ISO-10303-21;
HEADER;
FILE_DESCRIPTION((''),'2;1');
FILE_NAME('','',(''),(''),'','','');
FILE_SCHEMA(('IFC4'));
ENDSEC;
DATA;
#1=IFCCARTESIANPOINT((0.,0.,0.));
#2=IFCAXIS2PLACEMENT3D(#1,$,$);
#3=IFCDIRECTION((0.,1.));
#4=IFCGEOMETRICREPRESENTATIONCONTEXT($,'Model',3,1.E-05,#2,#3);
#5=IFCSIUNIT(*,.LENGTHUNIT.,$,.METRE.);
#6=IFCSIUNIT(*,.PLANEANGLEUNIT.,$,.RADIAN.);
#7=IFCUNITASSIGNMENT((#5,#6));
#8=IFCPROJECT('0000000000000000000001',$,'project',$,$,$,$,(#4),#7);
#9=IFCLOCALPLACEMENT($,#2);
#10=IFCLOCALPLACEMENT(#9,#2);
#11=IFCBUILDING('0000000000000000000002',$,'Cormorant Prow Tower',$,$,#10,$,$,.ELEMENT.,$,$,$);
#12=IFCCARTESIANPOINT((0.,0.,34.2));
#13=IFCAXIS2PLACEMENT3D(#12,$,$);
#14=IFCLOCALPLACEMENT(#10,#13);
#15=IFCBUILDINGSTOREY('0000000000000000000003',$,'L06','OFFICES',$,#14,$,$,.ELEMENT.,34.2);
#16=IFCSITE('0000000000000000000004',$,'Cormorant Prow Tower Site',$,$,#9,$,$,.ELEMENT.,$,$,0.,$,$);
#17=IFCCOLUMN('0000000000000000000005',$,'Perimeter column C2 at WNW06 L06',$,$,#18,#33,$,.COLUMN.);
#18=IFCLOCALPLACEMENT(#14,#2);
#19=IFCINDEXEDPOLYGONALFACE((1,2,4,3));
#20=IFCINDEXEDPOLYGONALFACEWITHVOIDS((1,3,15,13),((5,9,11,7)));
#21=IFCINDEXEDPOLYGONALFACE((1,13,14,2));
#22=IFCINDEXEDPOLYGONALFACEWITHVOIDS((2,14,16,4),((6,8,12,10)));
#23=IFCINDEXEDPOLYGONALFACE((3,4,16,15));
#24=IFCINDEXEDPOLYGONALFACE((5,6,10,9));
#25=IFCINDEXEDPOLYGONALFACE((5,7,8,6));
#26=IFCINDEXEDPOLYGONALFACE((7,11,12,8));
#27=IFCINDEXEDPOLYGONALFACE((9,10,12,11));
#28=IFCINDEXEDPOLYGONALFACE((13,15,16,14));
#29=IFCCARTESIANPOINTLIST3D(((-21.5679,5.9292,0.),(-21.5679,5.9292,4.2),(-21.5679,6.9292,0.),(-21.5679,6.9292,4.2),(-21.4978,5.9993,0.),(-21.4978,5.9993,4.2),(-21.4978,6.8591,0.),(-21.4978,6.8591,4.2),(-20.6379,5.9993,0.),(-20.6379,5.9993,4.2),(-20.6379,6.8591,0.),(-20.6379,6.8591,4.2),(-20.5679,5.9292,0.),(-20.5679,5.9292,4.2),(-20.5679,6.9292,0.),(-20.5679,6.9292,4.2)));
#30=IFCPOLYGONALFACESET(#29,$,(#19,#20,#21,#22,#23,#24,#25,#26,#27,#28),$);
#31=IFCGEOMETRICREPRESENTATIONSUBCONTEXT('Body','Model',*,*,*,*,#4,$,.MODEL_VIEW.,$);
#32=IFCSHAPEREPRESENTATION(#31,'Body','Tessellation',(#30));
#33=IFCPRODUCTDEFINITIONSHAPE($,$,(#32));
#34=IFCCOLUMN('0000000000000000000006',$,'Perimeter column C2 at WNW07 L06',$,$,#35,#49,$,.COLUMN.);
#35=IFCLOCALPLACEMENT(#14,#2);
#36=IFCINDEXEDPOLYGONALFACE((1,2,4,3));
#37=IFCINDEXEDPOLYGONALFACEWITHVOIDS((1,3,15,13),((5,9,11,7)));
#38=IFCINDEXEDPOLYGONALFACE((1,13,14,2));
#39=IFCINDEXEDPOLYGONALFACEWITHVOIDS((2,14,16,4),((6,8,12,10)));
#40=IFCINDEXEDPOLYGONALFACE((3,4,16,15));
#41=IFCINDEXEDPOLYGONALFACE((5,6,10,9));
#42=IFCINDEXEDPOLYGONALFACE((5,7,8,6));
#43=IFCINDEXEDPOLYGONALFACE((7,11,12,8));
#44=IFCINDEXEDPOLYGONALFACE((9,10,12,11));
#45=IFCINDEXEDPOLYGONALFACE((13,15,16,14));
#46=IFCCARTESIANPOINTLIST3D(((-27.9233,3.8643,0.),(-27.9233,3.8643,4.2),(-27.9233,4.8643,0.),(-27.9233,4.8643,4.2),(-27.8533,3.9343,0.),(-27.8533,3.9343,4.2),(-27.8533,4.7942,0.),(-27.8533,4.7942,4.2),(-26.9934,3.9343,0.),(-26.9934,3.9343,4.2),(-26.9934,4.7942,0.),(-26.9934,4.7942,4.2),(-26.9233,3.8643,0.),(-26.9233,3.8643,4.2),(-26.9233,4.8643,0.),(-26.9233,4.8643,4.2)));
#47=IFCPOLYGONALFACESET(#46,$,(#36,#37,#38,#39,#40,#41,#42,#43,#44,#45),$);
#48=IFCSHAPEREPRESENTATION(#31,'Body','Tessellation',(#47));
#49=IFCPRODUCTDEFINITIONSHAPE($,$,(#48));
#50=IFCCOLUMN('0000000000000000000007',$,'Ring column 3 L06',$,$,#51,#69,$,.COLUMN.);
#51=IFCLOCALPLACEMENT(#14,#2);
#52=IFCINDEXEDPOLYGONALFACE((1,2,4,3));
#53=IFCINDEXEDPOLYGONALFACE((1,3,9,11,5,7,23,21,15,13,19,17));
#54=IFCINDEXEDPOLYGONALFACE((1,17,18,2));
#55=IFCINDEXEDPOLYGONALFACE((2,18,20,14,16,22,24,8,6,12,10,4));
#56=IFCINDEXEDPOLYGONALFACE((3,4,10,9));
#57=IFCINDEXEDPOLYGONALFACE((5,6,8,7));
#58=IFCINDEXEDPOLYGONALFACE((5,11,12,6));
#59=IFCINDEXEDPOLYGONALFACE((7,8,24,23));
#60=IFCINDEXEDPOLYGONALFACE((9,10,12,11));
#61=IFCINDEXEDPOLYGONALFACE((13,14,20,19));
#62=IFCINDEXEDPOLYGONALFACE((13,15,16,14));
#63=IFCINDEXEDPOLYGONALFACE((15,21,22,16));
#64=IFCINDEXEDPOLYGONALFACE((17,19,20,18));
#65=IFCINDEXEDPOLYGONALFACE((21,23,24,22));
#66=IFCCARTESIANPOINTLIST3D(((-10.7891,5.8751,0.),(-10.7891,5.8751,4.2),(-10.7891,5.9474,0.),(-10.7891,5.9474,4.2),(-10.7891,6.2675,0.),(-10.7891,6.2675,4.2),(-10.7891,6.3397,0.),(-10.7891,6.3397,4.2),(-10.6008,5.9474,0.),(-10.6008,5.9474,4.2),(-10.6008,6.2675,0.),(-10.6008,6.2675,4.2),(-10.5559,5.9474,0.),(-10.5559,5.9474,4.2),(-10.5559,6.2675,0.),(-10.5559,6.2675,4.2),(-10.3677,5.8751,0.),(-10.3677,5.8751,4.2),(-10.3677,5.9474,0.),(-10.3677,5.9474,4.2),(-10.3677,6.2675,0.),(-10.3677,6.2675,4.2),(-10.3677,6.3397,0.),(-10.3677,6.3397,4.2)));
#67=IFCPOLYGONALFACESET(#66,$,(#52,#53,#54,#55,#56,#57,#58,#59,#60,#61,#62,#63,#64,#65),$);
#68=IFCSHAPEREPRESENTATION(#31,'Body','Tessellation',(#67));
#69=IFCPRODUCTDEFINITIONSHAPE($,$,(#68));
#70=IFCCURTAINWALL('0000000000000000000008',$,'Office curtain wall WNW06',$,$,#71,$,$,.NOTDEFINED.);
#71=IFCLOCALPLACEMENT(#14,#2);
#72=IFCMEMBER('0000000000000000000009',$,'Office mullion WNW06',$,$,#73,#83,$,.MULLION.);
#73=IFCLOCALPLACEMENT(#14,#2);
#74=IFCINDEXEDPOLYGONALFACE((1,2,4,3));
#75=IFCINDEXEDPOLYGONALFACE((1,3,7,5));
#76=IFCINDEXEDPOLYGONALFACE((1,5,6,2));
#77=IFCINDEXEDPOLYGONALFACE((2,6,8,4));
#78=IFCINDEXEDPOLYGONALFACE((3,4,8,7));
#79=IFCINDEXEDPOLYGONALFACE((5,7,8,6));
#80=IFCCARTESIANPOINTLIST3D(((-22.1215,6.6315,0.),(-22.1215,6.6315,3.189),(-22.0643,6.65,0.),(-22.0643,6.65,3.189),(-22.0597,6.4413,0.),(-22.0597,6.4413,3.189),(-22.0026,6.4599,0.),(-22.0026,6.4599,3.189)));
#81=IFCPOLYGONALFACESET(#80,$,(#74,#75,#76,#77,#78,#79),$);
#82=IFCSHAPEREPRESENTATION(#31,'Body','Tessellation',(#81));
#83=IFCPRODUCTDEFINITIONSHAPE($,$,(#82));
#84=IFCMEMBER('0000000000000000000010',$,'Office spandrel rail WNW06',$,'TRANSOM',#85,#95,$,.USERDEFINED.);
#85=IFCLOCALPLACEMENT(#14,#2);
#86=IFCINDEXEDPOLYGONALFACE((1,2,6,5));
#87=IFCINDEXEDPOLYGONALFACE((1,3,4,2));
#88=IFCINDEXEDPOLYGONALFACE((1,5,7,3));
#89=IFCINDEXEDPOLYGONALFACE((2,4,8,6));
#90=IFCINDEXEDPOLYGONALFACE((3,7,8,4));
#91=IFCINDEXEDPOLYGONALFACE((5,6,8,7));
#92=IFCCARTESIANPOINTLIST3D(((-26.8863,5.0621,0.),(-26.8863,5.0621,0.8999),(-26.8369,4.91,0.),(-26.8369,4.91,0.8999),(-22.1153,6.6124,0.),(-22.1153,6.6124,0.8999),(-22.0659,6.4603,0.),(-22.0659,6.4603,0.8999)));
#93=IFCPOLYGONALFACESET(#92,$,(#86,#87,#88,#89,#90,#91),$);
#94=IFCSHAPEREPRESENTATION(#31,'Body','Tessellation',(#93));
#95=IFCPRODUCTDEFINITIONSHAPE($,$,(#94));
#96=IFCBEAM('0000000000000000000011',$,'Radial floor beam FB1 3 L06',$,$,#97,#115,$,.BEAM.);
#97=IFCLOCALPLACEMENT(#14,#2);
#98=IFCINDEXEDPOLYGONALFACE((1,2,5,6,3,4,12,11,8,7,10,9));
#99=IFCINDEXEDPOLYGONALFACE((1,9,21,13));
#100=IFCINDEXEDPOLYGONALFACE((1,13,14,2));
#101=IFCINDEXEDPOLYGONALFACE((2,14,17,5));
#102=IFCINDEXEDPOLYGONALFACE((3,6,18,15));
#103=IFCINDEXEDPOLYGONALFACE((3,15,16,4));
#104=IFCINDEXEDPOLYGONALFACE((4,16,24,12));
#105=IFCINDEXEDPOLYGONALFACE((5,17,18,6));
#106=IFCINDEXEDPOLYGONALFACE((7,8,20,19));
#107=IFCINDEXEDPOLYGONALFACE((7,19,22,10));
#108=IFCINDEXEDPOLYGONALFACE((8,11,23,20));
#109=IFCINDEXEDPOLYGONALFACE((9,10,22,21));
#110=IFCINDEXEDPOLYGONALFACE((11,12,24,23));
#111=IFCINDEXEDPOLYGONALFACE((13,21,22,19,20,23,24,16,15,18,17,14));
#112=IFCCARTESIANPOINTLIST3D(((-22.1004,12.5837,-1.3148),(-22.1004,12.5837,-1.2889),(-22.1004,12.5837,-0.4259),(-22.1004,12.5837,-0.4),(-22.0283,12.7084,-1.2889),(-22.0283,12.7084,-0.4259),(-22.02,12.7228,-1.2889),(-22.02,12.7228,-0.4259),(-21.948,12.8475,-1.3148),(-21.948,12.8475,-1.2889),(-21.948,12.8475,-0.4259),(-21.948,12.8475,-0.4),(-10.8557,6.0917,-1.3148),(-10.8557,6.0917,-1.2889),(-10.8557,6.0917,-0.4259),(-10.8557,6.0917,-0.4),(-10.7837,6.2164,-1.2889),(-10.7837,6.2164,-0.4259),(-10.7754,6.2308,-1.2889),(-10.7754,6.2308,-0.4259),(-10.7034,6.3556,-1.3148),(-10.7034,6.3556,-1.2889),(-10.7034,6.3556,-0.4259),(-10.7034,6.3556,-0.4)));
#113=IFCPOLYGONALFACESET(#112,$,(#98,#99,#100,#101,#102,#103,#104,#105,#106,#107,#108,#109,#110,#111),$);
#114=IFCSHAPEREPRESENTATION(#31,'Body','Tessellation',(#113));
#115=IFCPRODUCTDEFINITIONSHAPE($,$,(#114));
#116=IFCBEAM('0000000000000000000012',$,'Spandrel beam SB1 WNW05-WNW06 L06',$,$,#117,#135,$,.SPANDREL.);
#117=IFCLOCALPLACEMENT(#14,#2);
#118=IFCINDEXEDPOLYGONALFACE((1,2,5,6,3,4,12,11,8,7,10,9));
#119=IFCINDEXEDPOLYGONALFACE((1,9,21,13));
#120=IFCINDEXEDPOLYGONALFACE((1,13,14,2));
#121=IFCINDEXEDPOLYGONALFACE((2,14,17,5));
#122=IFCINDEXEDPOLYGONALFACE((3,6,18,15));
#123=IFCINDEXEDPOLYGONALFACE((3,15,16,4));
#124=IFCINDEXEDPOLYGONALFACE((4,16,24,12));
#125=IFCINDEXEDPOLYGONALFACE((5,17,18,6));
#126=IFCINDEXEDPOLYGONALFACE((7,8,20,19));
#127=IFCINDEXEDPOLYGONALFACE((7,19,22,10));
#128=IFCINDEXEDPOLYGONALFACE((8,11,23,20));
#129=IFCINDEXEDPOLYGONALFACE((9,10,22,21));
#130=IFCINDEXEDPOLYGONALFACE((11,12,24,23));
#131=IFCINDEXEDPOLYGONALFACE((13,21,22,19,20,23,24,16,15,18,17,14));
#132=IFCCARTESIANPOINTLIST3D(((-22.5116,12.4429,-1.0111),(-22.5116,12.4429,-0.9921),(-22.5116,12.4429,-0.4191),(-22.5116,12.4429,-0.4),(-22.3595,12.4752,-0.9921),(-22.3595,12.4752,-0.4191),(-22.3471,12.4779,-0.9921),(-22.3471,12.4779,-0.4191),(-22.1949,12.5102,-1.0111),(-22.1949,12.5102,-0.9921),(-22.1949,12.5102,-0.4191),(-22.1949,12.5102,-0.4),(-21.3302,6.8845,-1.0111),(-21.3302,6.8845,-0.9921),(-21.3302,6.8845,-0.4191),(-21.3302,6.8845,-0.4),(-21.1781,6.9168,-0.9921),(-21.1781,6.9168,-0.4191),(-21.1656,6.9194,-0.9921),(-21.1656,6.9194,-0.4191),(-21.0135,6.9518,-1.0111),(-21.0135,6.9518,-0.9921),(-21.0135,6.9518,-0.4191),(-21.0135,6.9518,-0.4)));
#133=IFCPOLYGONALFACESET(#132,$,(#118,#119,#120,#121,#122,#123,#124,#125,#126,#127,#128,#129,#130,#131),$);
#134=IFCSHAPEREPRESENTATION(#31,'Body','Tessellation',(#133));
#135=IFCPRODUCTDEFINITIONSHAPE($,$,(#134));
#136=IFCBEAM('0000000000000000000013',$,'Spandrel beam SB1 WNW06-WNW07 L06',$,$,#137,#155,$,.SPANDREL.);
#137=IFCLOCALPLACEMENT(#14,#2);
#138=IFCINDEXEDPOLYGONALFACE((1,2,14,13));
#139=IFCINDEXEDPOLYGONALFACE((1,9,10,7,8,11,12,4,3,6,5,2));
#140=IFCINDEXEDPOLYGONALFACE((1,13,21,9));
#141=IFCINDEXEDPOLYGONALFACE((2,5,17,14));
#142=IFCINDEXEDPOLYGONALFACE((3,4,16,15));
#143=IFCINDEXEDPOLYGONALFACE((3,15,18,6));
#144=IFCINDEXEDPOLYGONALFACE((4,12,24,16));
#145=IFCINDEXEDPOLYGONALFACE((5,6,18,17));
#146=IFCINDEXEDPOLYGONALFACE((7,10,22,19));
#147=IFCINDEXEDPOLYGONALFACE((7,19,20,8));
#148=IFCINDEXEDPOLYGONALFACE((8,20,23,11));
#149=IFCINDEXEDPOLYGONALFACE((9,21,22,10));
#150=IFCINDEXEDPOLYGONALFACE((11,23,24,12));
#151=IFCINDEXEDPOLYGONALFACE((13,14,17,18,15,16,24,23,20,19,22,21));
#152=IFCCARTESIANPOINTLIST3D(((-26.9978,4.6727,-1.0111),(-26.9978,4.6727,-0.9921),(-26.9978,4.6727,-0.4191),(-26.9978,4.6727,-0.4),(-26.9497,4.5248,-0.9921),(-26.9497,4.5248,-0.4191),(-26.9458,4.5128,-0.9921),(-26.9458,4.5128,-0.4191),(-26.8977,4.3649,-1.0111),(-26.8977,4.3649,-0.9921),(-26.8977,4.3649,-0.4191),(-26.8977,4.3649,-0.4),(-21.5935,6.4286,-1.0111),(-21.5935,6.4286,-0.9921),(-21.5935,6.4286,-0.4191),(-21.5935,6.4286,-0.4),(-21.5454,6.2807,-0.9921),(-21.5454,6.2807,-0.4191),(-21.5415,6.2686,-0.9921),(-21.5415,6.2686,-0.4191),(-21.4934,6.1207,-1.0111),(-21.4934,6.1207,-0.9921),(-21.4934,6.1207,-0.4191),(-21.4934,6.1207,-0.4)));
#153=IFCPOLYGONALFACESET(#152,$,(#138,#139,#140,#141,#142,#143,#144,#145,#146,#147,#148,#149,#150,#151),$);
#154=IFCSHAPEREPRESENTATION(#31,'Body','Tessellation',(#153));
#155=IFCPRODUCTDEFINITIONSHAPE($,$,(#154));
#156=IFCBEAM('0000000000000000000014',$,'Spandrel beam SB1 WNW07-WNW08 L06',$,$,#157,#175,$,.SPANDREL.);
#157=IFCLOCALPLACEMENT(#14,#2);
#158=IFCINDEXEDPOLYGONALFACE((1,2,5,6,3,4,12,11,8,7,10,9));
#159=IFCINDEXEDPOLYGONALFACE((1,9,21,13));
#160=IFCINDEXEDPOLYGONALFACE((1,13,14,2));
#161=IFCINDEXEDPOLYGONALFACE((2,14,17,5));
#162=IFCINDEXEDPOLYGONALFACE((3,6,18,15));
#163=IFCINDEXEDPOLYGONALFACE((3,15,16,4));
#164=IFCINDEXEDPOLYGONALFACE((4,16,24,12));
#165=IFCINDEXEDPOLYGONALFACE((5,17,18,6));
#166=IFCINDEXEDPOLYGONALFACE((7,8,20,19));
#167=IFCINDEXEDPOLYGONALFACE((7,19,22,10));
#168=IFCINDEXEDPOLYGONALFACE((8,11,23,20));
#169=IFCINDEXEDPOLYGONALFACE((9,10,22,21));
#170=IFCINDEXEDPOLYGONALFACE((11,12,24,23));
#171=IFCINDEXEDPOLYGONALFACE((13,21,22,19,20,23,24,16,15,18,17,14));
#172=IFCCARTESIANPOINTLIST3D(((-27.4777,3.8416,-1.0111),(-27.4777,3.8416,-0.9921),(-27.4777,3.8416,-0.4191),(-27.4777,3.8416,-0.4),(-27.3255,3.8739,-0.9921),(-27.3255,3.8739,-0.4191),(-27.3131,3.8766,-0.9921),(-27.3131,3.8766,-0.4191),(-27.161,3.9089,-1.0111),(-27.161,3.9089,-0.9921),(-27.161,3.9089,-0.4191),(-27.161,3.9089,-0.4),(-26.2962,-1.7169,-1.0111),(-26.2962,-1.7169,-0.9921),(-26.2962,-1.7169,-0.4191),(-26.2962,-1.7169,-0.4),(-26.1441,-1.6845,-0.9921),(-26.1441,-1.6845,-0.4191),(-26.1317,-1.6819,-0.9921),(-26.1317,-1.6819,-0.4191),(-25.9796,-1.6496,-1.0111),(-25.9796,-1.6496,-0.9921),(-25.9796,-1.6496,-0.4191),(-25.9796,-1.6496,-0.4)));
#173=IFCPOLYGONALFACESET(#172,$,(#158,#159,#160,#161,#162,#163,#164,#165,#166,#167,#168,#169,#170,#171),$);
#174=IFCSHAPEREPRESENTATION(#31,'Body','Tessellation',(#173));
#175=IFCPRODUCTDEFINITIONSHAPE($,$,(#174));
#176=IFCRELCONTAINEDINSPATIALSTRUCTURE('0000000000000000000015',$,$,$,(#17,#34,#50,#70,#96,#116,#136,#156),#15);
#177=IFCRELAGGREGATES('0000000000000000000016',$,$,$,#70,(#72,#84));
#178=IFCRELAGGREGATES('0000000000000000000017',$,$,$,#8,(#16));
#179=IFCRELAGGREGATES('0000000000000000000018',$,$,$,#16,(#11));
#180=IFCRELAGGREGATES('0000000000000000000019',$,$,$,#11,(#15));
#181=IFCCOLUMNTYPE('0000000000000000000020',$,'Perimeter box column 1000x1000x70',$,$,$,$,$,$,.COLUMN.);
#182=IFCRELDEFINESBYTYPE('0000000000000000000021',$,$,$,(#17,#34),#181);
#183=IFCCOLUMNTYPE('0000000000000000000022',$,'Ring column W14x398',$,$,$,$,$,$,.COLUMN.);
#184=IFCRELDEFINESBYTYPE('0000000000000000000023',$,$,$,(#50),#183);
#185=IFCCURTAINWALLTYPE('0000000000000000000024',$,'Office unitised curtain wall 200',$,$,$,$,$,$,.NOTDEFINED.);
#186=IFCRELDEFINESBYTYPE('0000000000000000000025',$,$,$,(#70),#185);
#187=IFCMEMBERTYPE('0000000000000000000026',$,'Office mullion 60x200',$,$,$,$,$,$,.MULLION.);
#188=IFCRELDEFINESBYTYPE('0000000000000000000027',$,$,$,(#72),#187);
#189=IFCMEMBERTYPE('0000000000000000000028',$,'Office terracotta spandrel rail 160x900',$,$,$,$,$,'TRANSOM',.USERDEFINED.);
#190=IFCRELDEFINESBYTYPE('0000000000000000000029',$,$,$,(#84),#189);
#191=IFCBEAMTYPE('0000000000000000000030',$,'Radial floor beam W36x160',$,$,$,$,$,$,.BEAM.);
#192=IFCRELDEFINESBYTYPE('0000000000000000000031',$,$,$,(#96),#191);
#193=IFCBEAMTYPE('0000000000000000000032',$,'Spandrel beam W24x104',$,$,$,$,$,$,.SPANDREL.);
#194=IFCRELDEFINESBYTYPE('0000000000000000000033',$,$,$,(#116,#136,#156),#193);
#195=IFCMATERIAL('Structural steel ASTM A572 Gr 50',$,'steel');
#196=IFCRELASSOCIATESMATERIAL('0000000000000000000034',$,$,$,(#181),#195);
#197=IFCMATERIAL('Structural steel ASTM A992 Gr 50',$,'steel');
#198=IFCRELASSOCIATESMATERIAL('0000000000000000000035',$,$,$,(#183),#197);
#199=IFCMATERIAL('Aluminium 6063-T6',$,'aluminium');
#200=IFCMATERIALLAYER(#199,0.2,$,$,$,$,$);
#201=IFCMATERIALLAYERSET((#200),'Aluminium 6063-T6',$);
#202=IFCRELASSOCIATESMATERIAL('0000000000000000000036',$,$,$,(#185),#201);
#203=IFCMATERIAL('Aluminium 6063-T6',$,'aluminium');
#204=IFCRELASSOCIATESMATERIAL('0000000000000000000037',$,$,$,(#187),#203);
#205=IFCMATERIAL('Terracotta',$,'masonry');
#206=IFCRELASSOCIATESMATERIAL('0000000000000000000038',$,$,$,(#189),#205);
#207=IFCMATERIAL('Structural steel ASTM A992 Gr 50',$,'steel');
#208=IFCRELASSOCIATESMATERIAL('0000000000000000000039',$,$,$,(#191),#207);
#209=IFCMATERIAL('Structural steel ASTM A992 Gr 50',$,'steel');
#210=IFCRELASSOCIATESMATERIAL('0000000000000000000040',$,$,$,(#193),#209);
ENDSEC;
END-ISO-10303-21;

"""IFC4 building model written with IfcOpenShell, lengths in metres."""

from ifc_helpers import new_model, si_unit, direction, frame, origin, origin_2d, place, context, subcontext, project, spatial, rectangle, hollow_rectangle, i_section, extrude, material, layer, layer_set, material_profile, profile_set, type_object, element, aggregate, save


model = new_model("IFC4")

# Units and contexts
model_context = context("Model", 3, precision=1e-05, world=origin(), true_north=direction((0.0, 1.0)))
body_context = subcontext(model_context, "Body", "Model", "MODEL_VIEW")
ifc_project = project(units=[si_unit("LENGTHUNIT", "METRE"), si_unit("PLANEANGLEUNIT", "RADIAN")], contexts=[model_context])

# Site, building, storey
site_placement = place(None, origin())
site = spatial("IfcSite", under=ifc_project, at=site_placement, Name="Cormorant Prow Tower Site", CompositionType="ELEMENT", RefElevation=0.0)
building_placement = place(site_placement, origin())
building = spatial("IfcBuilding", under=site, at=building_placement, Name="Cormorant Prow Tower", CompositionType="ELEMENT")
storey_placement = place(building_placement, frame((0.0, 0.0, 34.2)))
storey = spatial("IfcBuildingStorey", under=building, at=storey_placement, Name="L06", Description="OFFICES", CompositionType="ELEMENT", Elevation=34.2)

# Columns
ifc_material_1 = material(Name="Structural steel ASTM A572 Gr 50", Category="steel")
ifc_material_profile_1 = material_profile(ifc_material_1, hollow_rectangle(XDim=1.0, YDim=1.0, WallThickness=0.0701, at=origin_2d()), Name="Box 1000x1000x70")
ifc_profile_set_1 = profile_set([ifc_material_profile_1], Name="Structural steel ASTM A572 Gr 50")
column_type_1 = type_object("IfcColumnType", Name="Perimeter box column 1000x1000x70", PredefinedType="COLUMN", material=ifc_profile_set_1)
for number, where, z_axis, x_axis, name in (
    (1, (-21.0679, 6.4292, 0.0), (0.0, 0.0, 1.0), (1.0, 0.0, 0.0), "Perimeter column C2 at WNW06 L06"),
    (2, (-27.4233, 4.3643, 0.0), (0.0, 0.0, 1.0), (1.0, 0.0, 0.0), "Perimeter column C2 at WNW07 L06"),
):
    element("IfcColumn", number, at=place(storey_placement, frame(where, z_axis=z_axis, x_axis=x_axis)), inside=storey, type_object=column_type_1, Name=name, PredefinedType="COLUMN", context=body_context, shape_type="SweptSolid", body=[
        extrude(hollow_rectangle(XDim=1.0, YDim=1.0, WallThickness=0.0701, at=origin_2d()), origin(), (0.0, 0.0, 1.0), 4.2),
    ])
ifc_material_2 = material(Name="Structural steel ASTM A992 Gr 50", Category="steel")
ifc_material_profile_2 = material_profile(ifc_material_2, i_section(OverallWidth=0.4214, OverallDepth=0.4646, WebThickness=0.0449, FlangeThickness=0.0723, at=origin_2d()), Name="W14x398")
ifc_profile_set_2 = profile_set([ifc_material_profile_2], Name="Structural steel ASTM A992 Gr 50")
column_type_2 = type_object("IfcColumnType", Name="Ring column W14x398", PredefinedType="COLUMN", material=ifc_profile_set_2)
column_placement = place(storey_placement, frame((-10.5784, 6.1074, 0.0), z_axis=(0.0, 0.0, 1.0), x_axis=(1.0, 0.0, 0.0)))
element("IfcColumn", 3, at=column_placement, inside=storey, type_object=column_type_2, Name="Ring column 3 L06", PredefinedType="COLUMN", context=body_context, shape_type="SweptSolid", body=[
    extrude(i_section(OverallWidth=0.4214, OverallDepth=0.4646, WebThickness=0.0449, FlangeThickness=0.0723, at=origin_2d()), origin(), (0.0, 0.0, 1.0), 4.2),
])

# Curtain wall, members
ifc_material_3 = material(Name="Aluminium 6063-T6", Category="aluminium")
ifc_layer_1 = layer(ifc_material_3, 0.2)
ifc_layer_set_1 = layer_set([ifc_layer_1], Name="Aluminium 6063-T6")
curtain_wall_type = type_object("IfcCurtainWallType", Name="Office unitised curtain wall 200", PredefinedType="NOTDEFINED", material=ifc_layer_set_1)
curtain_wall_placement = place(storey_placement, origin())
curtain_wall = element("IfcCurtainWall", 4, at=curtain_wall_placement, inside=storey, type_object=curtain_wall_type, Name="Office curtain wall WNW06", PredefinedType="NOTDEFINED")
ifc_material_4 = material(Name="Aluminium 6063-T6", Category="aluminium")
ifc_material_profile_3 = material_profile(ifc_material_4, rectangle(XDim=0.2, YDim=0.0601, at=origin_2d()), Name="Office mullion 60x200")
ifc_profile_set_3 = profile_set([ifc_material_profile_3], Name="Aluminium 6063-T6")
member_type_1 = type_object("IfcMemberType", Name="Office mullion 60x200", PredefinedType="MULLION", material=ifc_profile_set_3)
member_1_placement = place(storey_placement, frame((-22.062, 6.5457, 0.0), z_axis=(0.0, 0.0, 1.0), x_axis=(0.309017, -0.951057, 0.0)))
member_1 = element("IfcMember", 5, at=member_1_placement, type_object=member_type_1, Name="Office mullion WNW06", PredefinedType="MULLION", context=body_context, shape_type="SweptSolid", body=[
    extrude(rectangle(XDim=0.2, YDim=0.0601, at=origin_2d()), origin(), (0.0, 0.0, 1.0), 3.189),
])
ifc_material_5 = material(Name="Terracotta", Category="masonry")
ifc_material_profile_4 = material_profile(ifc_material_5, rectangle(XDim=0.1599, YDim=0.8999, at=origin_2d()), Name="Office terracotta spandrel rail 160x900")
ifc_profile_set_4 = profile_set([ifc_material_profile_4], Name="Terracotta")
member_type_2 = type_object("IfcMemberType", Name="Office terracotta spandrel rail 160x900", ElementType="TRANSOM", PredefinedType="USERDEFINED", material=ifc_profile_set_4)
member_2_placement = place(storey_placement, frame((-22.0906, 6.5364, 0.45), z_axis=(-0.951051, -0.309035, 0.0), x_axis=(0.309035, -0.951051, 0.0)))
member_2 = element("IfcMember", 6, at=member_2_placement, type_object=member_type_2, Name="Office spandrel rail WNW06", ObjectType="TRANSOM", PredefinedType="USERDEFINED", context=body_context, shape_type="SweptSolid", body=[
    extrude(rectangle(XDim=0.1599, YDim=0.8999, at=origin_2d()), origin(), (0.0, 0.0, 1.0), 5.0166),
])

# Beams
ifc_material_6 = material(Name="Structural steel ASTM A992 Gr 50", Category="steel")
ifc_material_profile_5 = material_profile(ifc_material_6, i_section(OverallWidth=0.3047, OverallDepth=0.9148, WebThickness=0.0166, FlangeThickness=0.0259, at=origin_2d()), Name="W36x160")
ifc_profile_set_5 = profile_set([ifc_material_profile_5], Name="Structural steel ASTM A992 Gr 50")
beam_type_1 = type_object("IfcBeamType", Name="Radial floor beam W36x160", PredefinedType="BEAM", material=ifc_profile_set_5)
beam_1_placement = place(storey_placement, frame((-10.7795, 6.2236, -0.8574), z_axis=(-0.86603, 0.499992, 0.0), x_axis=(-0.499992, -0.86603, 0.0)))
element("IfcBeam", 7, at=beam_1_placement, inside=storey, type_object=beam_type_1, Name="Radial floor beam FB1 3 L06", PredefinedType="BEAM", context=body_context, shape_type="SweptSolid", body=[
    extrude(i_section(OverallWidth=0.3047, OverallDepth=0.9148, WebThickness=0.0166, FlangeThickness=0.0259, at=origin_2d()), origin(), (0.0, 0.0, 1.0), 12.9841),
])
ifc_material_7 = material(Name="Structural steel ASTM A992 Gr 50", Category="steel")
ifc_material_profile_6 = material_profile(ifc_material_7, i_section(OverallWidth=0.3237, OverallDepth=0.6111, WebThickness=0.0127, FlangeThickness=0.019, at=origin_2d()), Name="W24x104")
ifc_profile_set_6 = profile_set([ifc_material_profile_6], Name="Structural steel ASTM A992 Gr 50")
beam_type_2 = type_object("IfcBeamType", Name="Spandrel beam W24x104", PredefinedType="SPANDREL", material=ifc_profile_set_6)
beam_2_placement = place(storey_placement, frame((-22.3533, 12.4766, -0.7056), z_axis=(0.2079, -0.97815, 0.0), x_axis=(0.97815, 0.2079, 0.0)))
element("IfcBeam", 8, at=beam_2_placement, inside=storey, type_object=beam_type_2, Name="Spandrel beam SB1 WNW05-WNW06 L06", PredefinedType="SPANDREL", context=body_context, shape_type="SweptSolid", body=[
    extrude(i_section(OverallWidth=0.3237, OverallDepth=0.6111, WebThickness=0.0127, FlangeThickness=0.019, at=origin_2d()), origin(), (0.0, 0.0, 1.0), 5.6826),
])
beam_3_placement = place(storey_placement, frame((-21.5435, 6.2747, -0.7056), z_axis=(-0.951062, -0.309001, 0.0), x_axis=(0.309001, -0.951062, 0.0)))
element("IfcBeam", 9, at=beam_3_placement, inside=storey, type_object=beam_type_2, Name="Spandrel beam SB1 WNW06-WNW07 L06", PredefinedType="SPANDREL", context=body_context, shape_type="SweptSolid", body=[
    extrude(i_section(OverallWidth=0.3237, OverallDepth=0.6111, WebThickness=0.0127, FlangeThickness=0.019, at=origin_2d()), origin(), (0.0, 0.0, 1.0), 5.6824),
])
beam_4_placement = place(storey_placement, frame((-27.3193, 3.8752, -0.7056), z_axis=(0.2079, -0.97815, 0.0), x_axis=(0.97815, 0.2079, 0.0)))
element("IfcBeam", 10, at=beam_4_placement, inside=storey, type_object=beam_type_2, Name="Spandrel beam SB1 WNW07-WNW08 L06", PredefinedType="SPANDREL", context=body_context, shape_type="SweptSolid", body=[
    extrude(i_section(OverallWidth=0.3237, OverallDepth=0.6111, WebThickness=0.0127, FlangeThickness=0.019, at=origin_2d()), origin(), (0.0, 0.0, 1.0), 5.6826),
])

aggregate(curtain_wall, [member_1, member_2])

save(model, "model.ifc")
